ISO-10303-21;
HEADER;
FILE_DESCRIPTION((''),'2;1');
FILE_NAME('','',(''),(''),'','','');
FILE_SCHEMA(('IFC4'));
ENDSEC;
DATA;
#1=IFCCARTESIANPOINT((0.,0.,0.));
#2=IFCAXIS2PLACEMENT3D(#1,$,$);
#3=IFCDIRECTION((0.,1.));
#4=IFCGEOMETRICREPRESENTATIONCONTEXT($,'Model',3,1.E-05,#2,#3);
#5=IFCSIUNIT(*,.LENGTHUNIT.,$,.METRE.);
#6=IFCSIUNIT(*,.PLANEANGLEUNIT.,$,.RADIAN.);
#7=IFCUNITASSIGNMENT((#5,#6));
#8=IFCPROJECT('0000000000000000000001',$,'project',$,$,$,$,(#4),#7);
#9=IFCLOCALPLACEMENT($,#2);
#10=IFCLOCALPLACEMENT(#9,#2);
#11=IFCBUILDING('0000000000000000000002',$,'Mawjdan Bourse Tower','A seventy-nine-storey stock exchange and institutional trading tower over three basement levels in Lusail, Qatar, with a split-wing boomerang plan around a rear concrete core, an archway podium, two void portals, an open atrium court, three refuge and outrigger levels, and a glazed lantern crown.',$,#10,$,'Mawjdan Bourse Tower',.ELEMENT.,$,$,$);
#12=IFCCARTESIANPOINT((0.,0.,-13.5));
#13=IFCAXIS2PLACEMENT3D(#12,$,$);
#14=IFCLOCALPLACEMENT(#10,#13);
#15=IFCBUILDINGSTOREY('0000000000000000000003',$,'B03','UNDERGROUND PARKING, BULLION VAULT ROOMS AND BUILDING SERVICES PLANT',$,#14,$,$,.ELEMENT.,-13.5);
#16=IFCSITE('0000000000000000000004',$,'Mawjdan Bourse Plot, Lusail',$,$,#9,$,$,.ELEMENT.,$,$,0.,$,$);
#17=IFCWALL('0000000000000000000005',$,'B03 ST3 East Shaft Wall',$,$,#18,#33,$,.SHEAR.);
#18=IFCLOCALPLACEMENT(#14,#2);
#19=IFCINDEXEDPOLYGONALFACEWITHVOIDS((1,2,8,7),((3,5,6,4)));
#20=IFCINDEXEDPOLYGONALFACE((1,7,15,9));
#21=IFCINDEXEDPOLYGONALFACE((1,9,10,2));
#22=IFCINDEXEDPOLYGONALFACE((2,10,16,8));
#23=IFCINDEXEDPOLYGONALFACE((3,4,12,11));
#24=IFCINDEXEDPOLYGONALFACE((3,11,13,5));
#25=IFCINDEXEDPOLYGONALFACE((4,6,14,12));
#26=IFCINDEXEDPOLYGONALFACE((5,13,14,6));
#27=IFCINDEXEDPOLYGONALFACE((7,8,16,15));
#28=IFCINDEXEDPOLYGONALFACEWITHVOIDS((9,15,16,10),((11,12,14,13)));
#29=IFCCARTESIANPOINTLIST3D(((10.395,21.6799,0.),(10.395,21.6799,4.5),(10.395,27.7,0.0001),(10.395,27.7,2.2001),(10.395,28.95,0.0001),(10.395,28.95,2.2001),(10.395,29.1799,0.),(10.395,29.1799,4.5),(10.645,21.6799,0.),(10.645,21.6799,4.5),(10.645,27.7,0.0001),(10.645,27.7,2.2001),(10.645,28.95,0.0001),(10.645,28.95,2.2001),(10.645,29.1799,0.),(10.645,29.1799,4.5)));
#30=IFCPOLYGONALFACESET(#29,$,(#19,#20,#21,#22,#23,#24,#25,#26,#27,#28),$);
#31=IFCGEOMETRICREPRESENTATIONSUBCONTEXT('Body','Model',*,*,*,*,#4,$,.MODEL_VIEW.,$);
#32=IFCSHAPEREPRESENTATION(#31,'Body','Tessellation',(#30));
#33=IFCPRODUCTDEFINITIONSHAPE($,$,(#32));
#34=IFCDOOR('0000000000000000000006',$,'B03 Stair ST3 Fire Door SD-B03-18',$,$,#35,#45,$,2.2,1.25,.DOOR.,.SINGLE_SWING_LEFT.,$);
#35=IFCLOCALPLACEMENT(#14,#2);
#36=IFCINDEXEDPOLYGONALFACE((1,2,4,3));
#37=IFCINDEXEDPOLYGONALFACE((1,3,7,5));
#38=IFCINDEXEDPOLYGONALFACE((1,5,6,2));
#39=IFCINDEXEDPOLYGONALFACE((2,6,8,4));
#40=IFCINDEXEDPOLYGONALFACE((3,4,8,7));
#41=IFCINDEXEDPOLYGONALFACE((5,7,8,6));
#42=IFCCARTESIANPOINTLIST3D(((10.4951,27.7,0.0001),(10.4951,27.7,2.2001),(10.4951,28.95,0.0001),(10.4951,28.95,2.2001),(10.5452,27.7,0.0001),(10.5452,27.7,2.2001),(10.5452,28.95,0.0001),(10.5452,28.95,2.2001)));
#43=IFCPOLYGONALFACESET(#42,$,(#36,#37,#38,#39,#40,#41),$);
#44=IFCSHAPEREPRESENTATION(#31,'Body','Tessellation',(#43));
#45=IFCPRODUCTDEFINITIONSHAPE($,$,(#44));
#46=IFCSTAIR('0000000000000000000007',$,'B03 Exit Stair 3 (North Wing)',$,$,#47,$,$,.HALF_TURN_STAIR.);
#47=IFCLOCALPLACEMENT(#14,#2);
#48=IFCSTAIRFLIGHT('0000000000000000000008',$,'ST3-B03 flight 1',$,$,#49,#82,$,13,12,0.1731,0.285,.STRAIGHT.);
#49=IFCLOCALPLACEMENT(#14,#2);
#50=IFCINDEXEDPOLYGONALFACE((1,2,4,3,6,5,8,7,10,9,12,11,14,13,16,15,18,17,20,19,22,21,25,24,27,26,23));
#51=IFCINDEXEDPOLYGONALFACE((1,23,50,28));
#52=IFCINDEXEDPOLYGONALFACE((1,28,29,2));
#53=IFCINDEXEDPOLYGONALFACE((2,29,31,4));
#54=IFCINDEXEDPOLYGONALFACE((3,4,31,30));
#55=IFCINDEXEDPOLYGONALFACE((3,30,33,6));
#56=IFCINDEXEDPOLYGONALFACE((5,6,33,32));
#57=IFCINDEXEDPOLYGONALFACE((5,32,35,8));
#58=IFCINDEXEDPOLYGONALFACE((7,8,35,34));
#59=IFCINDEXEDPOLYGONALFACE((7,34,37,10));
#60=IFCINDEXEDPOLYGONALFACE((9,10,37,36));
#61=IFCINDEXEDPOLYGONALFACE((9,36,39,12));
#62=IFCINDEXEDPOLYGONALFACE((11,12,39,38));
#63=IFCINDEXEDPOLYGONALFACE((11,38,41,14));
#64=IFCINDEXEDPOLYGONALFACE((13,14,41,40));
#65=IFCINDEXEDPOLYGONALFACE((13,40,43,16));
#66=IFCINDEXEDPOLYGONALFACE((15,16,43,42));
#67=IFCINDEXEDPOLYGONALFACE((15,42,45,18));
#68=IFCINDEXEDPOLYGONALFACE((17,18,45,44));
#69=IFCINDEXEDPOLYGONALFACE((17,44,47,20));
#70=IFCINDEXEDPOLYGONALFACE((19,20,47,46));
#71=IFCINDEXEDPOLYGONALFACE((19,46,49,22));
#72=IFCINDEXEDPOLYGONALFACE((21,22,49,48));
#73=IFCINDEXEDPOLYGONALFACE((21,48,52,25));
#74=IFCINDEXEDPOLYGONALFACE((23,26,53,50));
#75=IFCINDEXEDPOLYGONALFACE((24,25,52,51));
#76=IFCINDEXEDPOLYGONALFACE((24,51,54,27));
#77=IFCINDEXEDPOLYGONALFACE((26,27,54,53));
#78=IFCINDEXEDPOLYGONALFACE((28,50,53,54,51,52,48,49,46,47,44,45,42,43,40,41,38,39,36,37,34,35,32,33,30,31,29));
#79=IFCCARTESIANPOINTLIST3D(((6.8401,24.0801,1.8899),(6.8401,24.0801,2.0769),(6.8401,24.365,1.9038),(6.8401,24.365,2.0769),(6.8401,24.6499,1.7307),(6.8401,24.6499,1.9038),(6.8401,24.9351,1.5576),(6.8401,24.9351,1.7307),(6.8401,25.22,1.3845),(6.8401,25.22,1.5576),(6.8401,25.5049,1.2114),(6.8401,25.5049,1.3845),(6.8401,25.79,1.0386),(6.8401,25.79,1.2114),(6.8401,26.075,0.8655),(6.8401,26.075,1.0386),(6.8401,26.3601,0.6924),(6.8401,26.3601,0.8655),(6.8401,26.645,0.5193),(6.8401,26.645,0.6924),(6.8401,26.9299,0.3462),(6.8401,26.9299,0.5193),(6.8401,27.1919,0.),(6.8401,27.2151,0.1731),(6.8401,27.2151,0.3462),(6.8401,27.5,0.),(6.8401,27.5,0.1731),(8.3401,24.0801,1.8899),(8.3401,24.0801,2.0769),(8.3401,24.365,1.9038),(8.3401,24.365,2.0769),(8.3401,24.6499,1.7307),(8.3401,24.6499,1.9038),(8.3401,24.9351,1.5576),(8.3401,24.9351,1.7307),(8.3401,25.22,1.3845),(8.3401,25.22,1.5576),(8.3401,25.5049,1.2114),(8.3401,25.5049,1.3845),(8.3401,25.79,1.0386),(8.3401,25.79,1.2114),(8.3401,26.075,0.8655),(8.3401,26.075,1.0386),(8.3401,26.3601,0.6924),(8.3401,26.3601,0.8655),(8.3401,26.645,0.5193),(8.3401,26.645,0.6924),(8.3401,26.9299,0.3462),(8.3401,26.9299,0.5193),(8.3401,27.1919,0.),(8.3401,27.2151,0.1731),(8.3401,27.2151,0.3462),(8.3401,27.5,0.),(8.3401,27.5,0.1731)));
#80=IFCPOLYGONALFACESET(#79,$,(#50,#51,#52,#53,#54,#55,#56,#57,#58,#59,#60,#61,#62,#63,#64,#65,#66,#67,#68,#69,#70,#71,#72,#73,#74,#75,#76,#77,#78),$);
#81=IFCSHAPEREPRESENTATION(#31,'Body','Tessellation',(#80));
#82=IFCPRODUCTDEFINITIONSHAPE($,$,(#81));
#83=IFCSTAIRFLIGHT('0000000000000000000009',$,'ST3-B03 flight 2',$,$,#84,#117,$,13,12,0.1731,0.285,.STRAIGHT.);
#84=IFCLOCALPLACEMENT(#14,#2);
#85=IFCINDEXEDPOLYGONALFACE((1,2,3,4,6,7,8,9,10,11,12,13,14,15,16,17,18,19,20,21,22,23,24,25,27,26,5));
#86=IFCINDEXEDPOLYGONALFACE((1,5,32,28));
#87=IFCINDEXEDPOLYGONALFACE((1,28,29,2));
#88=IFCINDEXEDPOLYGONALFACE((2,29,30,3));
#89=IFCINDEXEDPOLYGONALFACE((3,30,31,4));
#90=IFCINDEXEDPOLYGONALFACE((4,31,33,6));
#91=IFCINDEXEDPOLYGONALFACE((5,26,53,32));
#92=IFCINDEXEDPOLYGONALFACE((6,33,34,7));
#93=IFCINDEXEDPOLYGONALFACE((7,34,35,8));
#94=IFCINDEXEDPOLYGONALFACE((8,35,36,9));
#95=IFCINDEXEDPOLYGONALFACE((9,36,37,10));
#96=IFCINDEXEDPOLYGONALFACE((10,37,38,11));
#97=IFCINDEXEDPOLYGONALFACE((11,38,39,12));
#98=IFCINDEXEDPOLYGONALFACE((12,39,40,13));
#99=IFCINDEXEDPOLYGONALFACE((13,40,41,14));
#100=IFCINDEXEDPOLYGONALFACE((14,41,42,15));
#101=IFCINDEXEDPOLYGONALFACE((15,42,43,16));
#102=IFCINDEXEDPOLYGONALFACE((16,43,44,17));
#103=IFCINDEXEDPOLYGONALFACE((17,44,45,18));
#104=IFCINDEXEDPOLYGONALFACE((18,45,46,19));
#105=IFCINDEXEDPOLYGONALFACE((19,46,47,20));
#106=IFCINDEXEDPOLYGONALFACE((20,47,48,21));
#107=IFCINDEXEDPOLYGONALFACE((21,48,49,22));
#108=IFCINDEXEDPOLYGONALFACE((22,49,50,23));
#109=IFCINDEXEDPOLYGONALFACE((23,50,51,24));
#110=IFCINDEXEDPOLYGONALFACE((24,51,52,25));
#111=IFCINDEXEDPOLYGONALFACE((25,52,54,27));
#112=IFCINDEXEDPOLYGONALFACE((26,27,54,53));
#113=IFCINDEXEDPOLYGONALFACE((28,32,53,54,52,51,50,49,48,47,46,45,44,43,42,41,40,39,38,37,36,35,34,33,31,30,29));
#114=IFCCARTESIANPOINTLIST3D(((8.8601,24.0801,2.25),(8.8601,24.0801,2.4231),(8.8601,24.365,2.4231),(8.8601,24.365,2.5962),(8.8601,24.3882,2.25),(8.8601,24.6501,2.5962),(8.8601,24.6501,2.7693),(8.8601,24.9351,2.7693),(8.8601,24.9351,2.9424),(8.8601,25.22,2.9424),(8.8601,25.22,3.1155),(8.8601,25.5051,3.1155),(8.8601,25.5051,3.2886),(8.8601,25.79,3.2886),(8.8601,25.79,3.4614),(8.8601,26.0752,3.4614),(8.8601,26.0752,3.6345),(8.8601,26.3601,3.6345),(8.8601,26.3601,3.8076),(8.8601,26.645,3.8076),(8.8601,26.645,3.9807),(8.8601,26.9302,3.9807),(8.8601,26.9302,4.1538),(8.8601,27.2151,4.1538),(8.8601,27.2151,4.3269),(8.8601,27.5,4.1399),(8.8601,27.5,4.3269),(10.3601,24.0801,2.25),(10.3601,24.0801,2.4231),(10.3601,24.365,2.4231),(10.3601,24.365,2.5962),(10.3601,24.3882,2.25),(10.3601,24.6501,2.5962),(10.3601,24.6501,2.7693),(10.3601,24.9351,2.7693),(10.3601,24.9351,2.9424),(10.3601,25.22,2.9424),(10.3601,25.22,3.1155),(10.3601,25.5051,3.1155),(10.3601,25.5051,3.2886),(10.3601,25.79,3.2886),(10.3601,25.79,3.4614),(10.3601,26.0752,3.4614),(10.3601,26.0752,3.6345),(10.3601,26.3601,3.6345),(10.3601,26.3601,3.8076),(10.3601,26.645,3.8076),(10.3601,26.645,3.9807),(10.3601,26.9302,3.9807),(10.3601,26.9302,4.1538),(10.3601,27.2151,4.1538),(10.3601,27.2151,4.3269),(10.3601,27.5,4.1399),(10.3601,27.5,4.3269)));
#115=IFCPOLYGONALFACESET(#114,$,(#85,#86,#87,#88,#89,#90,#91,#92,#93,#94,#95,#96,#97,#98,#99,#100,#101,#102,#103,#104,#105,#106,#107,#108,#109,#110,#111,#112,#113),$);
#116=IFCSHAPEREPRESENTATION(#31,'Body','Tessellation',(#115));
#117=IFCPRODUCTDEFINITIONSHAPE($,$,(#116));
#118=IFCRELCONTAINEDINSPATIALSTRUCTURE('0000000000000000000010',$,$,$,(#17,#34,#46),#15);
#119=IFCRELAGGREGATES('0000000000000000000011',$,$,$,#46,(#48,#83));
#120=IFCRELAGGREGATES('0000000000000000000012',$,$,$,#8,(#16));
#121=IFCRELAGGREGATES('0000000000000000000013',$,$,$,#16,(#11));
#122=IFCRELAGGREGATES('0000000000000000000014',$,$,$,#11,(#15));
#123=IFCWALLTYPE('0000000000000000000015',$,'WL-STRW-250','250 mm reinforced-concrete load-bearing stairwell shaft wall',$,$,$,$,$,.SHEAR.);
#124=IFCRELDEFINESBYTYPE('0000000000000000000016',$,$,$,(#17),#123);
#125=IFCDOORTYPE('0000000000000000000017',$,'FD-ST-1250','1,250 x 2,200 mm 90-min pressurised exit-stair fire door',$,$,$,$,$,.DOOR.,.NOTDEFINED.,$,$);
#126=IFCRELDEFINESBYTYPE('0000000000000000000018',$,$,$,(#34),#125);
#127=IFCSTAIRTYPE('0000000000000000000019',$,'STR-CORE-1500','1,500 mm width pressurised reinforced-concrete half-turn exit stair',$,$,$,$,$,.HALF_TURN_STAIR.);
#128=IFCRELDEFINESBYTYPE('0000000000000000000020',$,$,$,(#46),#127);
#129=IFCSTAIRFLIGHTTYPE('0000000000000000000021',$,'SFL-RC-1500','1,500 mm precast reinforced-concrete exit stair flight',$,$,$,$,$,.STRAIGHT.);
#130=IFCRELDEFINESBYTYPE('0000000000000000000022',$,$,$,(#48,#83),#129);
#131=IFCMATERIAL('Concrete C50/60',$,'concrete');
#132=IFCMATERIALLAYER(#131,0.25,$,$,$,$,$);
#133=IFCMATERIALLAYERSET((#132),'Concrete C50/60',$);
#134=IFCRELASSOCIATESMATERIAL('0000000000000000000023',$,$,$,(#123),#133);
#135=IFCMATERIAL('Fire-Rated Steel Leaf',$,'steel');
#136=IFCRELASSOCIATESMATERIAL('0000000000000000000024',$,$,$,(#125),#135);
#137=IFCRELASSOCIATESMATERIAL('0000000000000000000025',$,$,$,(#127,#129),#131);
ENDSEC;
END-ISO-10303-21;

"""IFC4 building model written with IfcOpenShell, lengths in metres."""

from ifc_helpers import new_model, si_unit, direction, frame, frame_2d, origin, place, context, subcontext, project, spatial, polyline, rectangle, outline, extrude, material, layer, layer_set, type_object, element, fill, aggregate, save


model = new_model("IFC4")

# Units and contexts
model_context = context("Model", 3, precision=1e-05, world=origin(), true_north=direction((0.0, 1.0)))
body_context = subcontext(model_context, "Body", "Model", "MODEL_VIEW")
ifc_project = project(units=[si_unit("LENGTHUNIT", "METRE"), si_unit("PLANEANGLEUNIT", "RADIAN")], contexts=[model_context])

# Site, building, storey
site_placement = place(None, origin())
site = spatial("IfcSite", under=ifc_project, at=site_placement, Name="Mawjdan Bourse Plot, Lusail", CompositionType="ELEMENT", RefElevation=0.0)
building_placement = place(site_placement, origin())
building = spatial("IfcBuilding", under=site, at=building_placement, Name="Mawjdan Bourse Tower", Description="A seventy-nine-storey stock exchange and institutional trading tower over three basement levels in Lusail, Qatar, with a split-wing boomerang plan around a rear concrete core, an archway podium, two void portals, an open atrium court, three refuge and outrigger levels, and a glazed lantern crown.", LongName="Mawjdan Bourse Tower", CompositionType="ELEMENT")
storey_placement = place(building_placement, frame((0.0, 0.0, -13.5)))
storey = spatial("IfcBuildingStorey", under=building, at=storey_placement, Name="B03", Description="UNDERGROUND PARKING, BULLION VAULT ROOMS AND BUILDING SERVICES PLANT", CompositionType="ELEMENT", Elevation=-13.5)

# Shared definitions
ifc_material_1 = material(Name="Concrete C50/60", Category="concrete")

# Shared definitions
ifc_layer_1 = layer(ifc_material_1, 0.25)
ifc_layer_set_1 = layer_set([ifc_layer_1], Name="Concrete C50/60")
wall_type_1 = type_object("IfcWallType", Name="WL-STRW-250", Description="250 mm reinforced-concrete load-bearing stairwell shaft wall", PredefinedType="SHEAR", material=ifc_layer_set_1)

# Wall, opening, door
wall_1_placement = place(storey_placement, frame((10.52, 21.6799, 0.0), z_axis=(0.0, 0.0, 1.0), x_axis=(0.0, 1.0, 0.0)))
wall_1 = element("IfcWall", 1, at=wall_1_placement, inside=storey, type_object=wall_type_1, Name="B03 ST3 East Shaft Wall", PredefinedType="SHEAR", context=body_context, shape_type="SweptSolid", body=[
    extrude(rectangle(XDim=7.5, YDim=0.25, at=frame_2d((3.75, 0.0))), origin(), (0.0, 0.0, 1.0), 4.5),
])
opening_1_placement = place(wall_1_placement, frame((6.02, 0.0, 0.0)))
opening_1 = element("IfcOpeningElement", 2, at=opening_1_placement, cuts=wall_1, PredefinedType="OPENING", context=body_context, shape_type="SweptSolid", body=[
    extrude(rectangle(XDim=1.25, YDim=2.2, at=frame_2d((0.625, 1.1001))), frame((0.0, 0.135, 0.0), z_axis=(0.0, -1.0, 0.0), x_axis=(1.0, 0.0, 0.0)), (0.0, 0.0, 1.0), 0.27),
])
ifc_material_2 = material(Name="Fire-Rated Steel Leaf", Category="steel")
door_type_1 = type_object("IfcDoorType", Name="FD-ST-1250", Description="1,250 x 2,200 mm 90-min pressurised exit-stair fire door", OperationType="NOTDEFINED", PredefinedType="DOOR", material=ifc_material_2)
door_1_placement = place(opening_1_placement, origin())
door_1 = element("IfcDoor", 3, at=door_1_placement, inside=storey, type_object=door_type_1, Name="B03 Stair ST3 Fire Door SD-B03-18", OperationType="SINGLE_SWING_LEFT", OverallHeight=2.2, OverallWidth=1.25, PredefinedType="DOOR", context=body_context, shape_type="SweptSolid", body=[
    extrude(rectangle(XDim=1.25, YDim=2.2, at=frame_2d((0.625, 1.1001))), frame((0.0, 0.0249, 0.0), z_axis=(0.0, -1.0, 0.0), x_axis=(1.0, 0.0, 0.0)), (0.0, 0.0, 1.0), 0.05),
])
fill(opening_1, door_1)

# Stair, stair flights
stair_type = type_object("IfcStairType", Name="STR-CORE-1500", Description="1,500 mm width pressurised reinforced-concrete half-turn exit stair", PredefinedType="HALF_TURN_STAIR", material=ifc_material_1)
stair_placement = place(storey_placement, origin())
stair = element("IfcStair", 4, at=stair_placement, inside=storey, type_object=stair_type, Name="B03 Exit Stair 3 (North Wing)", PredefinedType="HALF_TURN_STAIR")
stair_flight_type = type_object("IfcStairFlightType", Name="SFL-RC-1500", Description="1,500 mm precast reinforced-concrete exit stair flight", PredefinedType="STRAIGHT", material=ifc_material_1)
stair_flight_1_placement = place(storey_placement, frame((7.5901, 27.5, 0.0), z_axis=(0.0, 0.0, 1.0), x_axis=(0.0, -1.0, 0.0)))
stair_flight_1 = element("IfcStairFlight", 5, at=stair_flight_1_placement, type_object=stair_flight_type, Name="ST3-B03 flight 1", NumberOfRisers=13, NumberOfTreads=12, PredefinedType="STRAIGHT", RiserHeight=0.1731, TreadLength=0.285, context=body_context, shape_type="SweptSolid", body=[
    extrude(outline(polyline([(0.0, 0.0), (0.0, 0.1731), (0.2849, 0.1731), (0.2849, 0.3462), (0.5701, 0.3462), (0.5701, 0.5193), (0.855, 0.5193), (0.855, 0.6924), (1.1399, 0.6924), (1.1399, 0.8655), (1.425, 0.8655), (1.425, 1.0386), (1.71, 1.0386), (1.71, 1.2114), (1.9951, 1.2114), (1.9951, 1.3845), (2.28, 1.3845), (2.28, 1.5576), (2.5649, 1.5576), (2.5649, 1.7307), (2.8501, 1.7307), (2.8501, 1.9038), (3.135, 1.9038), (3.135, 2.0769), (3.4199, 2.0769), (3.4199, 2.25), (3.4199, 1.8899), (0.3081, 0.0), (0.0, 0.0)])), frame((0.0, 0.75, 0.0), z_axis=(0.0, -1.0, 0.0), x_axis=(1.0, 0.0, 0.0)), (0.0, 0.0, 1.0), 1.5),
])
stair_flight_2_placement = place(storey_placement, frame((9.6101, 24.0801, 2.25), z_axis=(0.0, 0.0, 1.0), x_axis=(0.0, 1.0, 0.0)))
stair_flight_2 = element("IfcStairFlight", 6, at=stair_flight_2_placement, type_object=stair_flight_type, Name="ST3-B03 flight 2", NumberOfRisers=13, NumberOfTreads=12, PredefinedType="STRAIGHT", RiserHeight=0.1731, TreadLength=0.285, context=body_context, shape_type="SweptSolid", body=[
    extrude(outline(polyline([(0.0, 0.0), (0.0, 0.1731), (0.2849, 0.1731), (0.2849, 0.3462), (0.5701, 0.3462), (0.5701, 0.5193), (0.855, 0.5193), (0.855, 0.6924), (1.1399, 0.6924), (1.1399, 0.8655), (1.425, 0.8655), (1.425, 1.0386), (1.71, 1.0386), (1.71, 1.2114), (1.9951, 1.2114), (1.9951, 1.3845), (2.28, 1.3845), (2.28, 1.5576), (2.5649, 1.5576), (2.5649, 1.7307), (2.8501, 1.7307), (2.8501, 1.9038), (3.135, 1.9038), (3.135, 2.0769), (3.4199, 2.0769), (3.4199, 2.25), (3.4199, 1.8899), (0.3081, 0.0), (0.0, 0.0)])), frame((0.0, 0.75, 0.0), z_axis=(0.0, -1.0, 0.0), x_axis=(1.0, 0.0, 0.0)), (0.0, 0.0, 1.0), 1.5),
])
aggregate(stair, [stair_flight_1, stair_flight_2])

save(model, "model.ifc")
